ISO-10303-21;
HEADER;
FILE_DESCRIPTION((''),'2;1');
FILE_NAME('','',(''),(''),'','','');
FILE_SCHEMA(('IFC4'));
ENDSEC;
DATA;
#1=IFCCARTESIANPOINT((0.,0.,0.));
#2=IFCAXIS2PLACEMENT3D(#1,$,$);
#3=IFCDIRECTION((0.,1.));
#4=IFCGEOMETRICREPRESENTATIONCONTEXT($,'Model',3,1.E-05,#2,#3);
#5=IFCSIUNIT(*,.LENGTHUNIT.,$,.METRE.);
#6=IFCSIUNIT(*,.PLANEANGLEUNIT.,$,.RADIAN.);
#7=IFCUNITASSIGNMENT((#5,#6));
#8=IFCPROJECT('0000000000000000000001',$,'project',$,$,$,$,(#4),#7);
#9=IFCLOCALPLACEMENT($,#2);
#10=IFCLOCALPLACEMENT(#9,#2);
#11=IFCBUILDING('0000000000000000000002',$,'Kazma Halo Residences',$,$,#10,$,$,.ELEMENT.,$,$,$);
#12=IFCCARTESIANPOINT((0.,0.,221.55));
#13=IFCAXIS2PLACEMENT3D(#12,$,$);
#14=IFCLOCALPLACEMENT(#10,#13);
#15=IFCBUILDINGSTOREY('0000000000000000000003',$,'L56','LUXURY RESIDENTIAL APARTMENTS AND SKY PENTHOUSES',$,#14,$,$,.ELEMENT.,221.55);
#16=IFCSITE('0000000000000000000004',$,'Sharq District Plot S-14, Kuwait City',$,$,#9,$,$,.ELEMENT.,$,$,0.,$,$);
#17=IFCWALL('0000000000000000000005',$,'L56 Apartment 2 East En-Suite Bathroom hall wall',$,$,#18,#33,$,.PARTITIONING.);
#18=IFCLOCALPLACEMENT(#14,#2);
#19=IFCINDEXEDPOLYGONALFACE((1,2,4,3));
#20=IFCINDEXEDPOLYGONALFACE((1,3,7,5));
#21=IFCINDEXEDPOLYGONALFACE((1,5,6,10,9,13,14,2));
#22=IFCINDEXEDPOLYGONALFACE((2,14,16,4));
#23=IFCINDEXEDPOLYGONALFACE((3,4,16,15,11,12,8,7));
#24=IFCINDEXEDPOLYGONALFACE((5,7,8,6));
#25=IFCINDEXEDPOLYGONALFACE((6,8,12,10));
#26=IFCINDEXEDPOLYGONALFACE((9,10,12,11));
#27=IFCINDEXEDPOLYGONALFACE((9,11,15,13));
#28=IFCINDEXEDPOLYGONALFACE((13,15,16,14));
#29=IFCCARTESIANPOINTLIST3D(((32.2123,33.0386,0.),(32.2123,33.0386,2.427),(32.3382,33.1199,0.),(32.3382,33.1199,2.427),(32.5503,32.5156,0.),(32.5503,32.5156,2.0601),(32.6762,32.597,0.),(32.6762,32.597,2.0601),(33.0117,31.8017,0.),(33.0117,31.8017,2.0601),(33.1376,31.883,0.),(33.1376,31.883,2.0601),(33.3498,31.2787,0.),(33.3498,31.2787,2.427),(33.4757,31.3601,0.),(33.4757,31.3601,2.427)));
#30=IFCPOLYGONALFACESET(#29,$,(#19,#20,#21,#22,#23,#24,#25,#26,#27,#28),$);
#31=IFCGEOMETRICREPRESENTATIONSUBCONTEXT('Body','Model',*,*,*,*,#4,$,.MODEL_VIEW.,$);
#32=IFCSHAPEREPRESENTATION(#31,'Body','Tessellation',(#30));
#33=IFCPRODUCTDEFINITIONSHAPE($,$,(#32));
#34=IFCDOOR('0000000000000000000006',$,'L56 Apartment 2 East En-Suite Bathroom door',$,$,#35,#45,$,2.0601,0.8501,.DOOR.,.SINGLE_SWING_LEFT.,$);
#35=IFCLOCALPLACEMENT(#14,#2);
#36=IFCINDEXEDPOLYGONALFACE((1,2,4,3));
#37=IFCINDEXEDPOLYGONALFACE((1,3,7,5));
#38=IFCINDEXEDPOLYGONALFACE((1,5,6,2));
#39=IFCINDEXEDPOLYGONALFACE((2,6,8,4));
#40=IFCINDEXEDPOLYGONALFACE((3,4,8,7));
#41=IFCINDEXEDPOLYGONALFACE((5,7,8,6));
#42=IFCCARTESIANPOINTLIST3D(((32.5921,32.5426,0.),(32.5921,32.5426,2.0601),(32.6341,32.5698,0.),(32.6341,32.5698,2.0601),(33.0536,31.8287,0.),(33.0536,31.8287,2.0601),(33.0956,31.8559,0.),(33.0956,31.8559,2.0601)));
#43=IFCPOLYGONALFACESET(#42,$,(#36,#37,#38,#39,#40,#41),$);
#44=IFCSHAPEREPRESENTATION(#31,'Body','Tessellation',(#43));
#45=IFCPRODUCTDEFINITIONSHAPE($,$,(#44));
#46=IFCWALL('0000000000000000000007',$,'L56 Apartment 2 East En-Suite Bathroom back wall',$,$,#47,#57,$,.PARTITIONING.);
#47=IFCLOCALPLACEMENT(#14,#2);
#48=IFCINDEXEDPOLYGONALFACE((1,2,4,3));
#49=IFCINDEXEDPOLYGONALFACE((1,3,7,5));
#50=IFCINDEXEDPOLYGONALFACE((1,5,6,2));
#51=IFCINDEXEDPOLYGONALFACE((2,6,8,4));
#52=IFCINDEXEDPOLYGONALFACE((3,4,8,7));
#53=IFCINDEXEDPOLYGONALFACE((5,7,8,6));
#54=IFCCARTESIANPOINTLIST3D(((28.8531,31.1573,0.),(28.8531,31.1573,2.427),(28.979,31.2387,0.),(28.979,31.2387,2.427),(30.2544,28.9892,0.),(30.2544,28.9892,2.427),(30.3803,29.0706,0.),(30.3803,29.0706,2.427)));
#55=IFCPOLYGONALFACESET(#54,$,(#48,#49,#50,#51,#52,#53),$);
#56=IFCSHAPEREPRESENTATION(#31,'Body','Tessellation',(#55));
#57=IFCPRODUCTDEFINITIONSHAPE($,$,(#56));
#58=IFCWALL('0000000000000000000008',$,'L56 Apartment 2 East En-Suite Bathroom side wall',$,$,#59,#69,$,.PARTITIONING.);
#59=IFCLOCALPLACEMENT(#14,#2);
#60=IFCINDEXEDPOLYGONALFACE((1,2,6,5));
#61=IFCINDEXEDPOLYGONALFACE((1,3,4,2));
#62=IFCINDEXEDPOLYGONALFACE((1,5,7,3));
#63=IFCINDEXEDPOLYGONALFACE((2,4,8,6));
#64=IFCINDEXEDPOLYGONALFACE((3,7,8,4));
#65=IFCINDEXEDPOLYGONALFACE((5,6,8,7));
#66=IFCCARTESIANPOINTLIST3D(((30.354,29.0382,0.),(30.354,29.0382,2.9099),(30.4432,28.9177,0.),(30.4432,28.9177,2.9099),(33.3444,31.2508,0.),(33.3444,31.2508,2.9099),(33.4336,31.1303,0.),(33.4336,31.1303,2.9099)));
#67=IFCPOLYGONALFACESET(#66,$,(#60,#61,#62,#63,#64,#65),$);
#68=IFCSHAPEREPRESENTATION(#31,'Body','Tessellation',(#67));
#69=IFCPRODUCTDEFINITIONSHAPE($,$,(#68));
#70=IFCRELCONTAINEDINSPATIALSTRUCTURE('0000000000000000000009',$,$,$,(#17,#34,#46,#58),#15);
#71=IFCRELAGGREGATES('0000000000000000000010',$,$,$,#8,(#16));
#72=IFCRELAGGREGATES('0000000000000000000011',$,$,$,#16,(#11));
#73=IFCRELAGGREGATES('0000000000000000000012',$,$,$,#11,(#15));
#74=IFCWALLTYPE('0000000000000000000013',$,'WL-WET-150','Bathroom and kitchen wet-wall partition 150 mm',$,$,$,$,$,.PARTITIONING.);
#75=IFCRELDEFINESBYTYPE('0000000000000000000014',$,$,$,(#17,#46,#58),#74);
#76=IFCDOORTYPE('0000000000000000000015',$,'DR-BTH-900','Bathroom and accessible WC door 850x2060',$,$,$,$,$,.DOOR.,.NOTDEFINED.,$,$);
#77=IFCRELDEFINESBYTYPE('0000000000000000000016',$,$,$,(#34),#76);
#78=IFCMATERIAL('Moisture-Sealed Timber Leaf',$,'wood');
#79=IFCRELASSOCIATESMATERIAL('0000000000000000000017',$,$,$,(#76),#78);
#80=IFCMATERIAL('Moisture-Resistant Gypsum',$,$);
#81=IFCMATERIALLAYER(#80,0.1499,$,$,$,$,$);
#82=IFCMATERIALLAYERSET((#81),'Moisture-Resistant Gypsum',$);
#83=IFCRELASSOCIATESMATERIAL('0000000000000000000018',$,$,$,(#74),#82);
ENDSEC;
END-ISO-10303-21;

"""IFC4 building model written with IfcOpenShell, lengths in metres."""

from ifc_helpers import new_model, si_unit, direction, frame, frame_2d, origin, place, context, subcontext, project, spatial, rectangle, extrude, material, layer, layer_set, type_object, element, fill, save


model = new_model("IFC4")

# Units and contexts
model_context = context("Model", 3, precision=1e-05, world=origin(), true_north=direction((0.0, 1.0)))
body_context = subcontext(model_context, "Body", "Model", "MODEL_VIEW")
ifc_project = project(units=[si_unit("LENGTHUNIT", "METRE"), si_unit("PLANEANGLEUNIT", "RADIAN")], contexts=[model_context])

# Site, building, storey
site_placement = place(None, origin())
site = spatial("IfcSite", under=ifc_project, at=site_placement, Name="Sharq District Plot S-14, Kuwait City", CompositionType="ELEMENT", RefElevation=0.0)
building_placement = place(site_placement, origin())
building = spatial("IfcBuilding", under=site, at=building_placement, Name="Kazma Halo Residences", CompositionType="ELEMENT")
storey_placement = place(building_placement, frame((0.0, 0.0, 221.55)))
storey = spatial("IfcBuildingStorey", under=building, at=storey_placement, Name="L56", Description="LUXURY RESIDENTIAL APARTMENTS AND SKY PENTHOUSES", CompositionType="ELEMENT", Elevation=221.55)

# Wall, opening, door
ifc_material_1 = material(Name="Moisture-Sealed Timber Leaf", Category="wood")
door_type = type_object("IfcDoorType", Name="DR-BTH-900", Description="Bathroom and accessible WC door 850x2060", OperationType="NOTDEFINED", PredefinedType="DOOR", material=ifc_material_1)
ifc_material_2 = material(Name="Moisture-Resistant Gypsum")
ifc_layer_1 = layer(ifc_material_2, 0.1499)
ifc_layer_set_1 = layer_set([ifc_layer_1], Name="Moisture-Resistant Gypsum")
wall_type_1 = type_object("IfcWallType", Name="WL-WET-150", Description="Bathroom and kitchen wet-wall partition 150 mm", PredefinedType="PARTITIONING", material=ifc_layer_set_1)
wall_1_placement = place(storey_placement, frame((32.2751, 33.0793, 0.0), z_axis=(0.0, 0.0, 1.0), x_axis=(0.542841, -0.839836, 0.0)))
wall_1 = element("IfcWall", 1, at=wall_1_placement, inside=storey, type_object=wall_type_1, Name="L56 Apartment 2 East En-Suite Bathroom hall wall", PredefinedType="PARTITIONING", context=body_context, shape_type="SweptSolid", body=[
    extrude(rectangle(XDim=2.0955, YDim=0.1499, at=frame_2d((1.0479, 0.0))), origin(), (0.0, 0.0, 1.0), 2.427),
])
opening_1_placement = place(wall_1_placement, frame((0.6228, 0.0, 0.0)))
opening_1 = element("IfcOpeningElement", 2, at=opening_1_placement, cuts=wall_1, PredefinedType="OPENING", context=body_context, shape_type="SweptSolid", body=[
    extrude(rectangle(XDim=0.8501, YDim=2.0601, at=frame_2d((0.425, 1.03))), frame((0.0, 0.085, 0.0), z_axis=(0.0, -1.0, 0.0), x_axis=(1.0, 0.0, 0.0)), (0.0, 0.0, 1.0), 0.1699),
])
door_1_placement = place(opening_1_placement, origin())
door_1 = element("IfcDoor", 3, at=door_1_placement, inside=storey, type_object=door_type, Name="L56 Apartment 2 East En-Suite Bathroom door", OperationType="SINGLE_SWING_LEFT", OverallHeight=2.0601, OverallWidth=0.8501, PredefinedType="DOOR", context=body_context, shape_type="SweptSolid", body=[
    extrude(rectangle(XDim=0.8501, YDim=2.0601, at=frame_2d((0.425, 1.03))), frame((0.0, 0.0249, 0.0), z_axis=(0.0, -1.0, 0.0), x_axis=(1.0, 0.0, 0.0)), (0.0, 0.0, 1.0), 0.05),
])
fill(opening_1, door_1)

# Walls
wall_2_placement = place(storey_placement, frame((28.916, 31.198, 0.0), z_axis=(0.0, 0.0, 1.0), x_axis=(0.542816, -0.839852, 0.0)))
element("IfcWall", 4, at=wall_2_placement, inside=storey, type_object=wall_type_1, Name="L56 Apartment 2 East En-Suite Bathroom back wall", PredefinedType="PARTITIONING", context=body_context, shape_type="SweptSolid", body=[
    extrude(rectangle(XDim=2.5815, YDim=0.1499, at=frame_2d((1.2908, 0.0))), origin(), (0.0, 0.0, 1.0), 2.427),
])
wall_3_placement = place(storey_placement, frame((33.3889, 31.1904, 0.0), z_axis=(0.0, 0.0, 1.0), x_axis=(-0.803881, -0.59479, 0.0)))
element("IfcWall", 5, at=wall_3_placement, inside=storey, type_object=wall_type_1, Name="L56 Apartment 2 East En-Suite Bathroom side wall", PredefinedType="PARTITIONING", context=body_context, shape_type="SweptSolid", body=[
    extrude(rectangle(XDim=3.72, YDim=0.1499, at=frame_2d((1.8599, 0.0))), origin(), (0.0, 0.0, 1.0), 2.9099),
])

save(model, "model.ifc")
